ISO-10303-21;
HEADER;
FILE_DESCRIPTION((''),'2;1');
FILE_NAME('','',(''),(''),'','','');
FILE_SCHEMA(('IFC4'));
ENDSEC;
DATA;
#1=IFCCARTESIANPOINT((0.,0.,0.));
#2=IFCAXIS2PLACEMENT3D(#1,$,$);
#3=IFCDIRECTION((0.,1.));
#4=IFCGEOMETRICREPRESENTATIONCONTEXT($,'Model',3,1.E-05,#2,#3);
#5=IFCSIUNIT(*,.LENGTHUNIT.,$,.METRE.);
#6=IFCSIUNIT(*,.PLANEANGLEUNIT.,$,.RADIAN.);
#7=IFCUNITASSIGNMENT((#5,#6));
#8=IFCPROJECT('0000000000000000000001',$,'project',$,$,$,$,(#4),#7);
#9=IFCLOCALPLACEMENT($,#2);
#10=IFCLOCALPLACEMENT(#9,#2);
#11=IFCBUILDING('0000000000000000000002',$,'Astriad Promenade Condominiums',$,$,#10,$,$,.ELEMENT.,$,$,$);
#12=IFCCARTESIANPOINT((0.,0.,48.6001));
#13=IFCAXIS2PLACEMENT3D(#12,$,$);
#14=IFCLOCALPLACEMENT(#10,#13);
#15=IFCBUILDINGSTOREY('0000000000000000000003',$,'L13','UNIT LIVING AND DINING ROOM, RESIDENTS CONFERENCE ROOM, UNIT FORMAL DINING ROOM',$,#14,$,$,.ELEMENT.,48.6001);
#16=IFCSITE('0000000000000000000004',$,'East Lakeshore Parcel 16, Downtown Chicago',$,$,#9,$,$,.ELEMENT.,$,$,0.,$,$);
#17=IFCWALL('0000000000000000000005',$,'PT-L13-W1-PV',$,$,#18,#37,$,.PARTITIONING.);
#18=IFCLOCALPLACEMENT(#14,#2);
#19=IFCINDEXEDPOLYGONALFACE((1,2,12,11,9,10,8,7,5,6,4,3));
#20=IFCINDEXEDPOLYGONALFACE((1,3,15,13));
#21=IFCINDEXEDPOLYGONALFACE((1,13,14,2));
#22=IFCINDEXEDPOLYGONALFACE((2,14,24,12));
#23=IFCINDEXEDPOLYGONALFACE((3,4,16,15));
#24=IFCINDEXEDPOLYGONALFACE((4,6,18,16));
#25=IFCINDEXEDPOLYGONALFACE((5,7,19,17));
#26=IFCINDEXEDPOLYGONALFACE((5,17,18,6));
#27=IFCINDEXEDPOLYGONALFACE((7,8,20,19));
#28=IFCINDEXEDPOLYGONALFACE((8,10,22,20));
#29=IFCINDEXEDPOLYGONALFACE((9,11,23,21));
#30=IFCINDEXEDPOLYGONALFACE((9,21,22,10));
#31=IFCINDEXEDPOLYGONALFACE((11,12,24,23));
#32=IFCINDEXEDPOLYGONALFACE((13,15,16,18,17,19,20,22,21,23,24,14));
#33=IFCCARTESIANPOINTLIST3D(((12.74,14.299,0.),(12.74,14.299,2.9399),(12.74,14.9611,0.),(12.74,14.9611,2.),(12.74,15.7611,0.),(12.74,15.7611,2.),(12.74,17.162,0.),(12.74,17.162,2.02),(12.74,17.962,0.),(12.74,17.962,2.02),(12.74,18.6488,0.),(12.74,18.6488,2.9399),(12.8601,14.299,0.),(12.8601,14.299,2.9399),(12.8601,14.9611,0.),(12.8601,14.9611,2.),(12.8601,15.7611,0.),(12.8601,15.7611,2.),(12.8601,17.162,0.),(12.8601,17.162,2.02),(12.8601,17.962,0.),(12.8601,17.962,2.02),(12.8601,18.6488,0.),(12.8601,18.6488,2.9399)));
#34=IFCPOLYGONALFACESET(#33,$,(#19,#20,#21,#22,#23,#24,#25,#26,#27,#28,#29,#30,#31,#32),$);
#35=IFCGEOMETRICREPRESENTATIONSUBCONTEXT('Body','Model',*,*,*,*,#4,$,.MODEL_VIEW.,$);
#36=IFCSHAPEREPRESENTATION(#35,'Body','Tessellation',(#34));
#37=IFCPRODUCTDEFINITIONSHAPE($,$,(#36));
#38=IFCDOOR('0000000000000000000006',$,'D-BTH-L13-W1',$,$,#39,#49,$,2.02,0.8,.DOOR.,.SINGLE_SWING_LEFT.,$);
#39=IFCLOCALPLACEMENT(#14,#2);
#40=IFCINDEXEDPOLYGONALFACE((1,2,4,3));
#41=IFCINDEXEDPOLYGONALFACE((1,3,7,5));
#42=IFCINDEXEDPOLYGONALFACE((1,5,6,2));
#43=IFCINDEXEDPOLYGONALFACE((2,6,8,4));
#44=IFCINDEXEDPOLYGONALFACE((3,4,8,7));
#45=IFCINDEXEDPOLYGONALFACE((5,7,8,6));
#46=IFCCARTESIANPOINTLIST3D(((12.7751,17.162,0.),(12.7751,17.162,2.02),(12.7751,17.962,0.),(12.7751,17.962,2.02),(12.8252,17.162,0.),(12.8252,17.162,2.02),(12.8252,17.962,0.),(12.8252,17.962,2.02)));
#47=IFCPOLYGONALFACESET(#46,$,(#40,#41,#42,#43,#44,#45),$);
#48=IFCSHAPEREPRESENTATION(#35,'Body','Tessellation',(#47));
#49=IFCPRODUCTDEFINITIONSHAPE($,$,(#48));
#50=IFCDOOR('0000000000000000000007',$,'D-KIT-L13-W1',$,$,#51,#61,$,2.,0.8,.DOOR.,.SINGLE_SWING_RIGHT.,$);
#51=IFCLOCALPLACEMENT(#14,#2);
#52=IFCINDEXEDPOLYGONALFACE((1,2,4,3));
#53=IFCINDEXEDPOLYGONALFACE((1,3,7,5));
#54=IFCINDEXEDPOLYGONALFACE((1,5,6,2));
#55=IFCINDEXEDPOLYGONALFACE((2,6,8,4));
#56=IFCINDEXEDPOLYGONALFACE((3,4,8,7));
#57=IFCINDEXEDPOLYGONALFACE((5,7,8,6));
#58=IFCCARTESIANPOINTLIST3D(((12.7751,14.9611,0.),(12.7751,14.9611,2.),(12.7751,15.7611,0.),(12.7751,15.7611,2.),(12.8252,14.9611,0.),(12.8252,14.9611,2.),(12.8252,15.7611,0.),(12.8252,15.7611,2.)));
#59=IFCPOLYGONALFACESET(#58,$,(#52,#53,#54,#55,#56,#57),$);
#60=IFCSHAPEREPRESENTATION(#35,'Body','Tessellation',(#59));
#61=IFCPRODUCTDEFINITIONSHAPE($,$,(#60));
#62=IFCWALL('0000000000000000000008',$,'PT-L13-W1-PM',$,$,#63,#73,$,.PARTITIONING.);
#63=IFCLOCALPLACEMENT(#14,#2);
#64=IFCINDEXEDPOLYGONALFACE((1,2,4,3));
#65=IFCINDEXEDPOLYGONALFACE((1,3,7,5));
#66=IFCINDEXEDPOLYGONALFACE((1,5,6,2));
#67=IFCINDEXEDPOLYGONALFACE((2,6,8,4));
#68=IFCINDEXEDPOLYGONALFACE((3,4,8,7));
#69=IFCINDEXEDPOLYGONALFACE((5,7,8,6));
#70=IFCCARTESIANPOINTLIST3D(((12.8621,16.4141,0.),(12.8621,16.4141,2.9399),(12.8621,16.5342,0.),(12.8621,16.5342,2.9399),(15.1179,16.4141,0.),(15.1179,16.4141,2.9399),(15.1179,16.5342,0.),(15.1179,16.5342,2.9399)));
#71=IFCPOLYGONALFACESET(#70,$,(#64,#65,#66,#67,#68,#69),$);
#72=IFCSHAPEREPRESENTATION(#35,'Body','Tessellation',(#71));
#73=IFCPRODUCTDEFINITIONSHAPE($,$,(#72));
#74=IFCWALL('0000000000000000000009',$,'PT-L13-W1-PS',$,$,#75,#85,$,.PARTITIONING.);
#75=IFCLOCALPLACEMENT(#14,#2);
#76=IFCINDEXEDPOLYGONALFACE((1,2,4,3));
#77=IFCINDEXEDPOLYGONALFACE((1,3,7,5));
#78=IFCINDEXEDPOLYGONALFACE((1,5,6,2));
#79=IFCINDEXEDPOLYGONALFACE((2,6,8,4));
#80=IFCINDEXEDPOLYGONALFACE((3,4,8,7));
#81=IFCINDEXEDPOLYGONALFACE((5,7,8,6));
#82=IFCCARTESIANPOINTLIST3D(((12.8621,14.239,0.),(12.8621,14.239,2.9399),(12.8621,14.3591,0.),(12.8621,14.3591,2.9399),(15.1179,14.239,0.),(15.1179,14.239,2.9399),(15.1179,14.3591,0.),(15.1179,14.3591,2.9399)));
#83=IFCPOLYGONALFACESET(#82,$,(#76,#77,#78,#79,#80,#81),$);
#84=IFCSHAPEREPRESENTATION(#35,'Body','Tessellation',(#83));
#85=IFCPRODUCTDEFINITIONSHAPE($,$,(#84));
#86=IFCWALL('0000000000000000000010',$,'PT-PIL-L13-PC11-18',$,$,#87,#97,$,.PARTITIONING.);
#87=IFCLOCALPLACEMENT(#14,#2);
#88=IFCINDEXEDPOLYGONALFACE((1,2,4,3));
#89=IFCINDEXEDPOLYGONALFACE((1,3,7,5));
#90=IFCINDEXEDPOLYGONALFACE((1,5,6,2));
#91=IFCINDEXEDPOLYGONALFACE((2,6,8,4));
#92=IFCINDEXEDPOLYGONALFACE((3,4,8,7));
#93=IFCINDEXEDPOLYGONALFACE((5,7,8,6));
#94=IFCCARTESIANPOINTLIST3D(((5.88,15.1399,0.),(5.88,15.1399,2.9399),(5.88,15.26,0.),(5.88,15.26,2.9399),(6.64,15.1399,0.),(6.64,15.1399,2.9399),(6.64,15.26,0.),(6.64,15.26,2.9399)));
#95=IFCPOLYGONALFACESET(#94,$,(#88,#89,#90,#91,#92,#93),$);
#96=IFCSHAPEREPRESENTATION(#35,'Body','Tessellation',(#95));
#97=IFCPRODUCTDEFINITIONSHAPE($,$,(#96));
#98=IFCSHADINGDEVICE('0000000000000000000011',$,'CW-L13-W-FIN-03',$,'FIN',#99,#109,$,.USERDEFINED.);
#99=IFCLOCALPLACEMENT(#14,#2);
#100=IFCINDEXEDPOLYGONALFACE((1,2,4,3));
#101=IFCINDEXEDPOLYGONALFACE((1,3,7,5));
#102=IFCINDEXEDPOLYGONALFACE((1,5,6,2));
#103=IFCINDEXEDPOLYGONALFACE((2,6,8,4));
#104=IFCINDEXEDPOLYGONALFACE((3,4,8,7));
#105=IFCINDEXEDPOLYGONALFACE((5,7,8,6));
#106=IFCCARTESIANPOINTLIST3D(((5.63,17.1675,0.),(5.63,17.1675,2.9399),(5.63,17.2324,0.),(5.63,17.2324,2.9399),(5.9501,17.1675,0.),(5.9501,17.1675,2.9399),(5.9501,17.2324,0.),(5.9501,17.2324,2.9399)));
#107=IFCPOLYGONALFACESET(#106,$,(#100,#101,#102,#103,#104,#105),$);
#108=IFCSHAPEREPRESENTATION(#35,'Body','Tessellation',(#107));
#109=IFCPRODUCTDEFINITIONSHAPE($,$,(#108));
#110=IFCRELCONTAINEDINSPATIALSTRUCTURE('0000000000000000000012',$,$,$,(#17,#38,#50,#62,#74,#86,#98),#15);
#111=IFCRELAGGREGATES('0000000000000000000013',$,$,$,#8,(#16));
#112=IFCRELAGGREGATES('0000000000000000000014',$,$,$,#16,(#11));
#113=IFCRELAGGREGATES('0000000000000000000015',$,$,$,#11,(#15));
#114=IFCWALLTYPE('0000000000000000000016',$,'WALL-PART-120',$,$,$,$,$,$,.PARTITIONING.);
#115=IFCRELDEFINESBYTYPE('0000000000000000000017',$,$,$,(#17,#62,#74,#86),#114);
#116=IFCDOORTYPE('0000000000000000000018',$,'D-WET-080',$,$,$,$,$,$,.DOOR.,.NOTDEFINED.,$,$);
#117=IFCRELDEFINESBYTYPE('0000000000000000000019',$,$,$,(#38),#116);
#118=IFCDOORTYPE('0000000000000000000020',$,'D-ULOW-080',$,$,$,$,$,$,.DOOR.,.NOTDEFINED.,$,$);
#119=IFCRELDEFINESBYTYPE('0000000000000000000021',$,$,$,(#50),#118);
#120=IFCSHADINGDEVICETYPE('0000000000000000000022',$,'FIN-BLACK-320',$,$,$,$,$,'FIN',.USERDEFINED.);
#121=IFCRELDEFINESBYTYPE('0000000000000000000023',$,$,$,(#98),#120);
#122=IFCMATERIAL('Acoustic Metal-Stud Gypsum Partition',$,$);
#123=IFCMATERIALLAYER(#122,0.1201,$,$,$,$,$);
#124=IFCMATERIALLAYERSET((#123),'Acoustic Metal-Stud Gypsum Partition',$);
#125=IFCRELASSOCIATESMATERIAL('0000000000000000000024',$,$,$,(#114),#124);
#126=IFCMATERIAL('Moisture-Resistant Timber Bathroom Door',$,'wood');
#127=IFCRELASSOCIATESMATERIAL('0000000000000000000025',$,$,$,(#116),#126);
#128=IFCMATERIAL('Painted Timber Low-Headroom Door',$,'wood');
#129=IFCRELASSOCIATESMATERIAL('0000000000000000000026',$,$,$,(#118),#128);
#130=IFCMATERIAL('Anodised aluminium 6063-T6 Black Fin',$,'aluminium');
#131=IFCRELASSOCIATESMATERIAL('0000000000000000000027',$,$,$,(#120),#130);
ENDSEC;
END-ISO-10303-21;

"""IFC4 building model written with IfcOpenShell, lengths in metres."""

from ifc_helpers import new_model, si_unit, direction, frame, frame_2d, origin, origin_2d, place, context, subcontext, project, spatial, rectangle, extrude, source, transform, mapped, material, layer, layer_set, type_object, type_shapes, element, fill, save


model = new_model("IFC4")

# Units and contexts
model_context = context("Model", 3, precision=1e-05, world=origin(), true_north=direction((0.0, 1.0)))
body_context = subcontext(model_context, "Body", "Model", "MODEL_VIEW")
ifc_project = project(units=[si_unit("LENGTHUNIT", "METRE"), si_unit("PLANEANGLEUNIT", "RADIAN")], contexts=[model_context])

# Site, building, storey
site_placement = place(None, origin())
site = spatial("IfcSite", under=ifc_project, at=site_placement, Name="East Lakeshore Parcel 16, Downtown Chicago", CompositionType="ELEMENT", RefElevation=0.0)
building_placement = place(site_placement, origin())
building = spatial("IfcBuilding", under=site, at=building_placement, Name="Astriad Promenade Condominiums", CompositionType="ELEMENT")
storey_placement = place(building_placement, frame((0.0, 0.0, 48.6001)))
storey = spatial("IfcBuildingStorey", under=building, at=storey_placement, Name="L13", Description="UNIT LIVING AND DINING ROOM, RESIDENTS CONFERENCE ROOM, UNIT FORMAL DINING ROOM", CompositionType="ELEMENT", Elevation=48.6001)

# Wall, openings, doors
ifc_material_1 = material(Name="Acoustic Metal-Stud Gypsum Partition")
ifc_layer_1 = layer(ifc_material_1, 0.1201)
ifc_layer_set_1 = layer_set([ifc_layer_1], Name="Acoustic Metal-Stud Gypsum Partition")
wall_type = type_object("IfcWallType", Name="WALL-PART-120", PredefinedType="PARTITIONING", material=ifc_layer_set_1)
wall_1_placement = place(storey_placement, frame((12.8, 14.2991, 0.0), z_axis=(0.0, 0.0, 1.0), x_axis=(0.0, 1.0, 0.0)))
wall_1 = element("IfcWall", 1, at=wall_1_placement, inside=storey, type_object=wall_type, Name="PT-L13-W1-PV", PredefinedType="PARTITIONING", context=body_context, shape_type="SweptSolid", body=[
    extrude(rectangle(XDim=4.3499, YDim=0.1201, at=frame_2d((2.1748, 0.0))), origin(), (0.0, 0.0, 1.0), 2.9399),
])
opening_1_placement = place(wall_1_placement, frame((0.6621, 0.0, 0.0)))
opening_1 = element("IfcOpeningElement", 2, at=opening_1_placement, cuts=wall_1, PredefinedType="OPENING", context=body_context, shape_type="SweptSolid", body=[
    extrude(rectangle(XDim=0.8, YDim=2.0, at=frame_2d((0.3999, 1.0))), frame((0.0, 0.0701, 0.0), z_axis=(0.0, -1.0, 0.0), x_axis=(1.0, 0.0, 0.0)), (0.0, 0.0, 1.0), 0.1401),
])
opening_2_placement = place(wall_1_placement, frame((2.863, 0.0, 0.0)))
opening_2 = element("IfcOpeningElement", 3, at=opening_2_placement, cuts=wall_1, PredefinedType="OPENING", context=body_context, shape_type="SweptSolid", body=[
    extrude(rectangle(XDim=0.8, YDim=2.02, at=frame_2d((0.3999, 1.01))), frame((0.0, 0.0701, 0.0), z_axis=(0.0, -1.0, 0.0), x_axis=(1.0, 0.0, 0.0)), (0.0, 0.0, 1.0), 0.1401),
])
ifc_material_2 = material(Name="Moisture-Resistant Timber Bathroom Door", Category="wood")
door_type_1 = type_object("IfcDoorType", Name="D-WET-080", OperationType="NOTDEFINED", PredefinedType="DOOR", material=ifc_material_2)
shared_shape_1 = source(origin(), body_context, "Body", "SweptSolid", [
    extrude(rectangle(XDim=0.8, YDim=2.02, at=frame_2d((0.3999, 1.01))), frame((0.0, 0.0249, 0.0), z_axis=(0.0, -1.0, 0.0), x_axis=(1.0, 0.0, 0.0)), (0.0, 0.0, 1.0), 0.05),
])
type_shapes(door_type_1, [shared_shape_1])
door_1_placement = place(opening_2_placement, origin())
door_1 = element("IfcDoor", 4, at=door_1_placement, inside=storey, type_object=door_type_1, Name="D-BTH-L13-W1", OperationType="SINGLE_SWING_LEFT", OverallHeight=2.02, OverallWidth=0.8, PredefinedType="DOOR", context=body_context, shape_type="MappedRepresentation", body=[
    mapped(shared_shape_1, transform((0.0, 0.0, 0.0), scale=1.0)),
])
fill(opening_2, door_1)
ifc_material_3 = material(Name="Painted Timber Low-Headroom Door", Category="wood")
door_type_2 = type_object("IfcDoorType", Name="D-ULOW-080", OperationType="NOTDEFINED", PredefinedType="DOOR", material=ifc_material_3)
shared_shape_2 = source(origin(), body_context, "Body", "SweptSolid", [
    extrude(rectangle(XDim=0.8, YDim=2.0, at=frame_2d((0.3999, 1.0))), frame((0.0, 0.0249, 0.0), z_axis=(0.0, -1.0, 0.0), x_axis=(1.0, 0.0, 0.0)), (0.0, 0.0, 1.0), 0.05),
])
type_shapes(door_type_2, [shared_shape_2])
door_2_placement = place(opening_1_placement, origin())
door_2 = element("IfcDoor", 5, at=door_2_placement, inside=storey, type_object=door_type_2, Name="D-KIT-L13-W1", OperationType="SINGLE_SWING_RIGHT", OverallHeight=2.0, OverallWidth=0.8, PredefinedType="DOOR", context=body_context, shape_type="MappedRepresentation", body=[
    mapped(shared_shape_2, transform((0.0, 0.0, 0.0), scale=1.0)),
])
fill(opening_1, door_2)

# Walls
for number, where, z_axis, x_axis, name in (
    (6, (12.8621, 16.4741, 0.0), (0.0, 0.0, 1.0), (1.0, 0.0, 0.0), "PT-L13-W1-PM"),
    (7, (12.8621, 14.2991, 0.0), (0.0, 0.0, 1.0), (1.0, 0.0, 0.0), "PT-L13-W1-PS"),
):
    element("IfcWall", number, at=place(storey_placement, frame(where, z_axis=z_axis, x_axis=x_axis)), inside=storey, type_object=wall_type, Name=name, PredefinedType="PARTITIONING", context=body_context, shape_type="SweptSolid", body=[
        extrude(rectangle(XDim=2.2559, YDim=0.1201, at=frame_2d((1.1279, 0.0))), origin(), (0.0, 0.0, 1.0), 2.9399),
    ])
wall_2_placement = place(storey_placement, frame((6.6399, 15.2, 0.0), z_axis=(0.0, 0.0, 1.0), x_axis=(-1.0, 0.0, 0.0)))
element("IfcWall", 8, at=wall_2_placement, inside=storey, type_object=wall_type, Name="PT-PIL-L13-PC11-18", PredefinedType="PARTITIONING", context=body_context, shape_type="SweptSolid", body=[
    extrude(rectangle(XDim=0.76, YDim=0.1201, at=frame_2d((0.3799, 0.0))), origin(), (0.0, 0.0, 1.0), 2.9399),
])

# Shading device
ifc_material_4 = material(Name="Anodised aluminium 6063-T6 Black Fin", Category="aluminium")
shading_device_type = type_object("IfcShadingDeviceType", Name="FIN-BLACK-320", ElementType="FIN", PredefinedType="USERDEFINED", material=ifc_material_4)
shared_shape_3 = source(origin(), body_context, "Body", "SweptSolid", [
    extrude(rectangle(XDim=0.0649, YDim=0.3201, at=origin_2d()), origin(), (0.0, 0.0, 1.0), 2.9399),
])
type_shapes(shading_device_type, [shared_shape_3])
shading_device_placement = place(storey_placement, frame((5.79, 17.2, 0.0), z_axis=(0.0, 0.0, 1.0), x_axis=(0.0, 1.0, 0.0)))
element("IfcShadingDevice", 9, at=shading_device_placement, inside=storey, type_object=shading_device_type, Name="CW-L13-W-FIN-03", ObjectType="FIN", PredefinedType="USERDEFINED", context=body_context, shape_type="MappedRepresentation", body=[
    mapped(shared_shape_3, transform((0.0, 0.0, 0.0), scale=1.0)),
])

save(model, "model.ifc")
